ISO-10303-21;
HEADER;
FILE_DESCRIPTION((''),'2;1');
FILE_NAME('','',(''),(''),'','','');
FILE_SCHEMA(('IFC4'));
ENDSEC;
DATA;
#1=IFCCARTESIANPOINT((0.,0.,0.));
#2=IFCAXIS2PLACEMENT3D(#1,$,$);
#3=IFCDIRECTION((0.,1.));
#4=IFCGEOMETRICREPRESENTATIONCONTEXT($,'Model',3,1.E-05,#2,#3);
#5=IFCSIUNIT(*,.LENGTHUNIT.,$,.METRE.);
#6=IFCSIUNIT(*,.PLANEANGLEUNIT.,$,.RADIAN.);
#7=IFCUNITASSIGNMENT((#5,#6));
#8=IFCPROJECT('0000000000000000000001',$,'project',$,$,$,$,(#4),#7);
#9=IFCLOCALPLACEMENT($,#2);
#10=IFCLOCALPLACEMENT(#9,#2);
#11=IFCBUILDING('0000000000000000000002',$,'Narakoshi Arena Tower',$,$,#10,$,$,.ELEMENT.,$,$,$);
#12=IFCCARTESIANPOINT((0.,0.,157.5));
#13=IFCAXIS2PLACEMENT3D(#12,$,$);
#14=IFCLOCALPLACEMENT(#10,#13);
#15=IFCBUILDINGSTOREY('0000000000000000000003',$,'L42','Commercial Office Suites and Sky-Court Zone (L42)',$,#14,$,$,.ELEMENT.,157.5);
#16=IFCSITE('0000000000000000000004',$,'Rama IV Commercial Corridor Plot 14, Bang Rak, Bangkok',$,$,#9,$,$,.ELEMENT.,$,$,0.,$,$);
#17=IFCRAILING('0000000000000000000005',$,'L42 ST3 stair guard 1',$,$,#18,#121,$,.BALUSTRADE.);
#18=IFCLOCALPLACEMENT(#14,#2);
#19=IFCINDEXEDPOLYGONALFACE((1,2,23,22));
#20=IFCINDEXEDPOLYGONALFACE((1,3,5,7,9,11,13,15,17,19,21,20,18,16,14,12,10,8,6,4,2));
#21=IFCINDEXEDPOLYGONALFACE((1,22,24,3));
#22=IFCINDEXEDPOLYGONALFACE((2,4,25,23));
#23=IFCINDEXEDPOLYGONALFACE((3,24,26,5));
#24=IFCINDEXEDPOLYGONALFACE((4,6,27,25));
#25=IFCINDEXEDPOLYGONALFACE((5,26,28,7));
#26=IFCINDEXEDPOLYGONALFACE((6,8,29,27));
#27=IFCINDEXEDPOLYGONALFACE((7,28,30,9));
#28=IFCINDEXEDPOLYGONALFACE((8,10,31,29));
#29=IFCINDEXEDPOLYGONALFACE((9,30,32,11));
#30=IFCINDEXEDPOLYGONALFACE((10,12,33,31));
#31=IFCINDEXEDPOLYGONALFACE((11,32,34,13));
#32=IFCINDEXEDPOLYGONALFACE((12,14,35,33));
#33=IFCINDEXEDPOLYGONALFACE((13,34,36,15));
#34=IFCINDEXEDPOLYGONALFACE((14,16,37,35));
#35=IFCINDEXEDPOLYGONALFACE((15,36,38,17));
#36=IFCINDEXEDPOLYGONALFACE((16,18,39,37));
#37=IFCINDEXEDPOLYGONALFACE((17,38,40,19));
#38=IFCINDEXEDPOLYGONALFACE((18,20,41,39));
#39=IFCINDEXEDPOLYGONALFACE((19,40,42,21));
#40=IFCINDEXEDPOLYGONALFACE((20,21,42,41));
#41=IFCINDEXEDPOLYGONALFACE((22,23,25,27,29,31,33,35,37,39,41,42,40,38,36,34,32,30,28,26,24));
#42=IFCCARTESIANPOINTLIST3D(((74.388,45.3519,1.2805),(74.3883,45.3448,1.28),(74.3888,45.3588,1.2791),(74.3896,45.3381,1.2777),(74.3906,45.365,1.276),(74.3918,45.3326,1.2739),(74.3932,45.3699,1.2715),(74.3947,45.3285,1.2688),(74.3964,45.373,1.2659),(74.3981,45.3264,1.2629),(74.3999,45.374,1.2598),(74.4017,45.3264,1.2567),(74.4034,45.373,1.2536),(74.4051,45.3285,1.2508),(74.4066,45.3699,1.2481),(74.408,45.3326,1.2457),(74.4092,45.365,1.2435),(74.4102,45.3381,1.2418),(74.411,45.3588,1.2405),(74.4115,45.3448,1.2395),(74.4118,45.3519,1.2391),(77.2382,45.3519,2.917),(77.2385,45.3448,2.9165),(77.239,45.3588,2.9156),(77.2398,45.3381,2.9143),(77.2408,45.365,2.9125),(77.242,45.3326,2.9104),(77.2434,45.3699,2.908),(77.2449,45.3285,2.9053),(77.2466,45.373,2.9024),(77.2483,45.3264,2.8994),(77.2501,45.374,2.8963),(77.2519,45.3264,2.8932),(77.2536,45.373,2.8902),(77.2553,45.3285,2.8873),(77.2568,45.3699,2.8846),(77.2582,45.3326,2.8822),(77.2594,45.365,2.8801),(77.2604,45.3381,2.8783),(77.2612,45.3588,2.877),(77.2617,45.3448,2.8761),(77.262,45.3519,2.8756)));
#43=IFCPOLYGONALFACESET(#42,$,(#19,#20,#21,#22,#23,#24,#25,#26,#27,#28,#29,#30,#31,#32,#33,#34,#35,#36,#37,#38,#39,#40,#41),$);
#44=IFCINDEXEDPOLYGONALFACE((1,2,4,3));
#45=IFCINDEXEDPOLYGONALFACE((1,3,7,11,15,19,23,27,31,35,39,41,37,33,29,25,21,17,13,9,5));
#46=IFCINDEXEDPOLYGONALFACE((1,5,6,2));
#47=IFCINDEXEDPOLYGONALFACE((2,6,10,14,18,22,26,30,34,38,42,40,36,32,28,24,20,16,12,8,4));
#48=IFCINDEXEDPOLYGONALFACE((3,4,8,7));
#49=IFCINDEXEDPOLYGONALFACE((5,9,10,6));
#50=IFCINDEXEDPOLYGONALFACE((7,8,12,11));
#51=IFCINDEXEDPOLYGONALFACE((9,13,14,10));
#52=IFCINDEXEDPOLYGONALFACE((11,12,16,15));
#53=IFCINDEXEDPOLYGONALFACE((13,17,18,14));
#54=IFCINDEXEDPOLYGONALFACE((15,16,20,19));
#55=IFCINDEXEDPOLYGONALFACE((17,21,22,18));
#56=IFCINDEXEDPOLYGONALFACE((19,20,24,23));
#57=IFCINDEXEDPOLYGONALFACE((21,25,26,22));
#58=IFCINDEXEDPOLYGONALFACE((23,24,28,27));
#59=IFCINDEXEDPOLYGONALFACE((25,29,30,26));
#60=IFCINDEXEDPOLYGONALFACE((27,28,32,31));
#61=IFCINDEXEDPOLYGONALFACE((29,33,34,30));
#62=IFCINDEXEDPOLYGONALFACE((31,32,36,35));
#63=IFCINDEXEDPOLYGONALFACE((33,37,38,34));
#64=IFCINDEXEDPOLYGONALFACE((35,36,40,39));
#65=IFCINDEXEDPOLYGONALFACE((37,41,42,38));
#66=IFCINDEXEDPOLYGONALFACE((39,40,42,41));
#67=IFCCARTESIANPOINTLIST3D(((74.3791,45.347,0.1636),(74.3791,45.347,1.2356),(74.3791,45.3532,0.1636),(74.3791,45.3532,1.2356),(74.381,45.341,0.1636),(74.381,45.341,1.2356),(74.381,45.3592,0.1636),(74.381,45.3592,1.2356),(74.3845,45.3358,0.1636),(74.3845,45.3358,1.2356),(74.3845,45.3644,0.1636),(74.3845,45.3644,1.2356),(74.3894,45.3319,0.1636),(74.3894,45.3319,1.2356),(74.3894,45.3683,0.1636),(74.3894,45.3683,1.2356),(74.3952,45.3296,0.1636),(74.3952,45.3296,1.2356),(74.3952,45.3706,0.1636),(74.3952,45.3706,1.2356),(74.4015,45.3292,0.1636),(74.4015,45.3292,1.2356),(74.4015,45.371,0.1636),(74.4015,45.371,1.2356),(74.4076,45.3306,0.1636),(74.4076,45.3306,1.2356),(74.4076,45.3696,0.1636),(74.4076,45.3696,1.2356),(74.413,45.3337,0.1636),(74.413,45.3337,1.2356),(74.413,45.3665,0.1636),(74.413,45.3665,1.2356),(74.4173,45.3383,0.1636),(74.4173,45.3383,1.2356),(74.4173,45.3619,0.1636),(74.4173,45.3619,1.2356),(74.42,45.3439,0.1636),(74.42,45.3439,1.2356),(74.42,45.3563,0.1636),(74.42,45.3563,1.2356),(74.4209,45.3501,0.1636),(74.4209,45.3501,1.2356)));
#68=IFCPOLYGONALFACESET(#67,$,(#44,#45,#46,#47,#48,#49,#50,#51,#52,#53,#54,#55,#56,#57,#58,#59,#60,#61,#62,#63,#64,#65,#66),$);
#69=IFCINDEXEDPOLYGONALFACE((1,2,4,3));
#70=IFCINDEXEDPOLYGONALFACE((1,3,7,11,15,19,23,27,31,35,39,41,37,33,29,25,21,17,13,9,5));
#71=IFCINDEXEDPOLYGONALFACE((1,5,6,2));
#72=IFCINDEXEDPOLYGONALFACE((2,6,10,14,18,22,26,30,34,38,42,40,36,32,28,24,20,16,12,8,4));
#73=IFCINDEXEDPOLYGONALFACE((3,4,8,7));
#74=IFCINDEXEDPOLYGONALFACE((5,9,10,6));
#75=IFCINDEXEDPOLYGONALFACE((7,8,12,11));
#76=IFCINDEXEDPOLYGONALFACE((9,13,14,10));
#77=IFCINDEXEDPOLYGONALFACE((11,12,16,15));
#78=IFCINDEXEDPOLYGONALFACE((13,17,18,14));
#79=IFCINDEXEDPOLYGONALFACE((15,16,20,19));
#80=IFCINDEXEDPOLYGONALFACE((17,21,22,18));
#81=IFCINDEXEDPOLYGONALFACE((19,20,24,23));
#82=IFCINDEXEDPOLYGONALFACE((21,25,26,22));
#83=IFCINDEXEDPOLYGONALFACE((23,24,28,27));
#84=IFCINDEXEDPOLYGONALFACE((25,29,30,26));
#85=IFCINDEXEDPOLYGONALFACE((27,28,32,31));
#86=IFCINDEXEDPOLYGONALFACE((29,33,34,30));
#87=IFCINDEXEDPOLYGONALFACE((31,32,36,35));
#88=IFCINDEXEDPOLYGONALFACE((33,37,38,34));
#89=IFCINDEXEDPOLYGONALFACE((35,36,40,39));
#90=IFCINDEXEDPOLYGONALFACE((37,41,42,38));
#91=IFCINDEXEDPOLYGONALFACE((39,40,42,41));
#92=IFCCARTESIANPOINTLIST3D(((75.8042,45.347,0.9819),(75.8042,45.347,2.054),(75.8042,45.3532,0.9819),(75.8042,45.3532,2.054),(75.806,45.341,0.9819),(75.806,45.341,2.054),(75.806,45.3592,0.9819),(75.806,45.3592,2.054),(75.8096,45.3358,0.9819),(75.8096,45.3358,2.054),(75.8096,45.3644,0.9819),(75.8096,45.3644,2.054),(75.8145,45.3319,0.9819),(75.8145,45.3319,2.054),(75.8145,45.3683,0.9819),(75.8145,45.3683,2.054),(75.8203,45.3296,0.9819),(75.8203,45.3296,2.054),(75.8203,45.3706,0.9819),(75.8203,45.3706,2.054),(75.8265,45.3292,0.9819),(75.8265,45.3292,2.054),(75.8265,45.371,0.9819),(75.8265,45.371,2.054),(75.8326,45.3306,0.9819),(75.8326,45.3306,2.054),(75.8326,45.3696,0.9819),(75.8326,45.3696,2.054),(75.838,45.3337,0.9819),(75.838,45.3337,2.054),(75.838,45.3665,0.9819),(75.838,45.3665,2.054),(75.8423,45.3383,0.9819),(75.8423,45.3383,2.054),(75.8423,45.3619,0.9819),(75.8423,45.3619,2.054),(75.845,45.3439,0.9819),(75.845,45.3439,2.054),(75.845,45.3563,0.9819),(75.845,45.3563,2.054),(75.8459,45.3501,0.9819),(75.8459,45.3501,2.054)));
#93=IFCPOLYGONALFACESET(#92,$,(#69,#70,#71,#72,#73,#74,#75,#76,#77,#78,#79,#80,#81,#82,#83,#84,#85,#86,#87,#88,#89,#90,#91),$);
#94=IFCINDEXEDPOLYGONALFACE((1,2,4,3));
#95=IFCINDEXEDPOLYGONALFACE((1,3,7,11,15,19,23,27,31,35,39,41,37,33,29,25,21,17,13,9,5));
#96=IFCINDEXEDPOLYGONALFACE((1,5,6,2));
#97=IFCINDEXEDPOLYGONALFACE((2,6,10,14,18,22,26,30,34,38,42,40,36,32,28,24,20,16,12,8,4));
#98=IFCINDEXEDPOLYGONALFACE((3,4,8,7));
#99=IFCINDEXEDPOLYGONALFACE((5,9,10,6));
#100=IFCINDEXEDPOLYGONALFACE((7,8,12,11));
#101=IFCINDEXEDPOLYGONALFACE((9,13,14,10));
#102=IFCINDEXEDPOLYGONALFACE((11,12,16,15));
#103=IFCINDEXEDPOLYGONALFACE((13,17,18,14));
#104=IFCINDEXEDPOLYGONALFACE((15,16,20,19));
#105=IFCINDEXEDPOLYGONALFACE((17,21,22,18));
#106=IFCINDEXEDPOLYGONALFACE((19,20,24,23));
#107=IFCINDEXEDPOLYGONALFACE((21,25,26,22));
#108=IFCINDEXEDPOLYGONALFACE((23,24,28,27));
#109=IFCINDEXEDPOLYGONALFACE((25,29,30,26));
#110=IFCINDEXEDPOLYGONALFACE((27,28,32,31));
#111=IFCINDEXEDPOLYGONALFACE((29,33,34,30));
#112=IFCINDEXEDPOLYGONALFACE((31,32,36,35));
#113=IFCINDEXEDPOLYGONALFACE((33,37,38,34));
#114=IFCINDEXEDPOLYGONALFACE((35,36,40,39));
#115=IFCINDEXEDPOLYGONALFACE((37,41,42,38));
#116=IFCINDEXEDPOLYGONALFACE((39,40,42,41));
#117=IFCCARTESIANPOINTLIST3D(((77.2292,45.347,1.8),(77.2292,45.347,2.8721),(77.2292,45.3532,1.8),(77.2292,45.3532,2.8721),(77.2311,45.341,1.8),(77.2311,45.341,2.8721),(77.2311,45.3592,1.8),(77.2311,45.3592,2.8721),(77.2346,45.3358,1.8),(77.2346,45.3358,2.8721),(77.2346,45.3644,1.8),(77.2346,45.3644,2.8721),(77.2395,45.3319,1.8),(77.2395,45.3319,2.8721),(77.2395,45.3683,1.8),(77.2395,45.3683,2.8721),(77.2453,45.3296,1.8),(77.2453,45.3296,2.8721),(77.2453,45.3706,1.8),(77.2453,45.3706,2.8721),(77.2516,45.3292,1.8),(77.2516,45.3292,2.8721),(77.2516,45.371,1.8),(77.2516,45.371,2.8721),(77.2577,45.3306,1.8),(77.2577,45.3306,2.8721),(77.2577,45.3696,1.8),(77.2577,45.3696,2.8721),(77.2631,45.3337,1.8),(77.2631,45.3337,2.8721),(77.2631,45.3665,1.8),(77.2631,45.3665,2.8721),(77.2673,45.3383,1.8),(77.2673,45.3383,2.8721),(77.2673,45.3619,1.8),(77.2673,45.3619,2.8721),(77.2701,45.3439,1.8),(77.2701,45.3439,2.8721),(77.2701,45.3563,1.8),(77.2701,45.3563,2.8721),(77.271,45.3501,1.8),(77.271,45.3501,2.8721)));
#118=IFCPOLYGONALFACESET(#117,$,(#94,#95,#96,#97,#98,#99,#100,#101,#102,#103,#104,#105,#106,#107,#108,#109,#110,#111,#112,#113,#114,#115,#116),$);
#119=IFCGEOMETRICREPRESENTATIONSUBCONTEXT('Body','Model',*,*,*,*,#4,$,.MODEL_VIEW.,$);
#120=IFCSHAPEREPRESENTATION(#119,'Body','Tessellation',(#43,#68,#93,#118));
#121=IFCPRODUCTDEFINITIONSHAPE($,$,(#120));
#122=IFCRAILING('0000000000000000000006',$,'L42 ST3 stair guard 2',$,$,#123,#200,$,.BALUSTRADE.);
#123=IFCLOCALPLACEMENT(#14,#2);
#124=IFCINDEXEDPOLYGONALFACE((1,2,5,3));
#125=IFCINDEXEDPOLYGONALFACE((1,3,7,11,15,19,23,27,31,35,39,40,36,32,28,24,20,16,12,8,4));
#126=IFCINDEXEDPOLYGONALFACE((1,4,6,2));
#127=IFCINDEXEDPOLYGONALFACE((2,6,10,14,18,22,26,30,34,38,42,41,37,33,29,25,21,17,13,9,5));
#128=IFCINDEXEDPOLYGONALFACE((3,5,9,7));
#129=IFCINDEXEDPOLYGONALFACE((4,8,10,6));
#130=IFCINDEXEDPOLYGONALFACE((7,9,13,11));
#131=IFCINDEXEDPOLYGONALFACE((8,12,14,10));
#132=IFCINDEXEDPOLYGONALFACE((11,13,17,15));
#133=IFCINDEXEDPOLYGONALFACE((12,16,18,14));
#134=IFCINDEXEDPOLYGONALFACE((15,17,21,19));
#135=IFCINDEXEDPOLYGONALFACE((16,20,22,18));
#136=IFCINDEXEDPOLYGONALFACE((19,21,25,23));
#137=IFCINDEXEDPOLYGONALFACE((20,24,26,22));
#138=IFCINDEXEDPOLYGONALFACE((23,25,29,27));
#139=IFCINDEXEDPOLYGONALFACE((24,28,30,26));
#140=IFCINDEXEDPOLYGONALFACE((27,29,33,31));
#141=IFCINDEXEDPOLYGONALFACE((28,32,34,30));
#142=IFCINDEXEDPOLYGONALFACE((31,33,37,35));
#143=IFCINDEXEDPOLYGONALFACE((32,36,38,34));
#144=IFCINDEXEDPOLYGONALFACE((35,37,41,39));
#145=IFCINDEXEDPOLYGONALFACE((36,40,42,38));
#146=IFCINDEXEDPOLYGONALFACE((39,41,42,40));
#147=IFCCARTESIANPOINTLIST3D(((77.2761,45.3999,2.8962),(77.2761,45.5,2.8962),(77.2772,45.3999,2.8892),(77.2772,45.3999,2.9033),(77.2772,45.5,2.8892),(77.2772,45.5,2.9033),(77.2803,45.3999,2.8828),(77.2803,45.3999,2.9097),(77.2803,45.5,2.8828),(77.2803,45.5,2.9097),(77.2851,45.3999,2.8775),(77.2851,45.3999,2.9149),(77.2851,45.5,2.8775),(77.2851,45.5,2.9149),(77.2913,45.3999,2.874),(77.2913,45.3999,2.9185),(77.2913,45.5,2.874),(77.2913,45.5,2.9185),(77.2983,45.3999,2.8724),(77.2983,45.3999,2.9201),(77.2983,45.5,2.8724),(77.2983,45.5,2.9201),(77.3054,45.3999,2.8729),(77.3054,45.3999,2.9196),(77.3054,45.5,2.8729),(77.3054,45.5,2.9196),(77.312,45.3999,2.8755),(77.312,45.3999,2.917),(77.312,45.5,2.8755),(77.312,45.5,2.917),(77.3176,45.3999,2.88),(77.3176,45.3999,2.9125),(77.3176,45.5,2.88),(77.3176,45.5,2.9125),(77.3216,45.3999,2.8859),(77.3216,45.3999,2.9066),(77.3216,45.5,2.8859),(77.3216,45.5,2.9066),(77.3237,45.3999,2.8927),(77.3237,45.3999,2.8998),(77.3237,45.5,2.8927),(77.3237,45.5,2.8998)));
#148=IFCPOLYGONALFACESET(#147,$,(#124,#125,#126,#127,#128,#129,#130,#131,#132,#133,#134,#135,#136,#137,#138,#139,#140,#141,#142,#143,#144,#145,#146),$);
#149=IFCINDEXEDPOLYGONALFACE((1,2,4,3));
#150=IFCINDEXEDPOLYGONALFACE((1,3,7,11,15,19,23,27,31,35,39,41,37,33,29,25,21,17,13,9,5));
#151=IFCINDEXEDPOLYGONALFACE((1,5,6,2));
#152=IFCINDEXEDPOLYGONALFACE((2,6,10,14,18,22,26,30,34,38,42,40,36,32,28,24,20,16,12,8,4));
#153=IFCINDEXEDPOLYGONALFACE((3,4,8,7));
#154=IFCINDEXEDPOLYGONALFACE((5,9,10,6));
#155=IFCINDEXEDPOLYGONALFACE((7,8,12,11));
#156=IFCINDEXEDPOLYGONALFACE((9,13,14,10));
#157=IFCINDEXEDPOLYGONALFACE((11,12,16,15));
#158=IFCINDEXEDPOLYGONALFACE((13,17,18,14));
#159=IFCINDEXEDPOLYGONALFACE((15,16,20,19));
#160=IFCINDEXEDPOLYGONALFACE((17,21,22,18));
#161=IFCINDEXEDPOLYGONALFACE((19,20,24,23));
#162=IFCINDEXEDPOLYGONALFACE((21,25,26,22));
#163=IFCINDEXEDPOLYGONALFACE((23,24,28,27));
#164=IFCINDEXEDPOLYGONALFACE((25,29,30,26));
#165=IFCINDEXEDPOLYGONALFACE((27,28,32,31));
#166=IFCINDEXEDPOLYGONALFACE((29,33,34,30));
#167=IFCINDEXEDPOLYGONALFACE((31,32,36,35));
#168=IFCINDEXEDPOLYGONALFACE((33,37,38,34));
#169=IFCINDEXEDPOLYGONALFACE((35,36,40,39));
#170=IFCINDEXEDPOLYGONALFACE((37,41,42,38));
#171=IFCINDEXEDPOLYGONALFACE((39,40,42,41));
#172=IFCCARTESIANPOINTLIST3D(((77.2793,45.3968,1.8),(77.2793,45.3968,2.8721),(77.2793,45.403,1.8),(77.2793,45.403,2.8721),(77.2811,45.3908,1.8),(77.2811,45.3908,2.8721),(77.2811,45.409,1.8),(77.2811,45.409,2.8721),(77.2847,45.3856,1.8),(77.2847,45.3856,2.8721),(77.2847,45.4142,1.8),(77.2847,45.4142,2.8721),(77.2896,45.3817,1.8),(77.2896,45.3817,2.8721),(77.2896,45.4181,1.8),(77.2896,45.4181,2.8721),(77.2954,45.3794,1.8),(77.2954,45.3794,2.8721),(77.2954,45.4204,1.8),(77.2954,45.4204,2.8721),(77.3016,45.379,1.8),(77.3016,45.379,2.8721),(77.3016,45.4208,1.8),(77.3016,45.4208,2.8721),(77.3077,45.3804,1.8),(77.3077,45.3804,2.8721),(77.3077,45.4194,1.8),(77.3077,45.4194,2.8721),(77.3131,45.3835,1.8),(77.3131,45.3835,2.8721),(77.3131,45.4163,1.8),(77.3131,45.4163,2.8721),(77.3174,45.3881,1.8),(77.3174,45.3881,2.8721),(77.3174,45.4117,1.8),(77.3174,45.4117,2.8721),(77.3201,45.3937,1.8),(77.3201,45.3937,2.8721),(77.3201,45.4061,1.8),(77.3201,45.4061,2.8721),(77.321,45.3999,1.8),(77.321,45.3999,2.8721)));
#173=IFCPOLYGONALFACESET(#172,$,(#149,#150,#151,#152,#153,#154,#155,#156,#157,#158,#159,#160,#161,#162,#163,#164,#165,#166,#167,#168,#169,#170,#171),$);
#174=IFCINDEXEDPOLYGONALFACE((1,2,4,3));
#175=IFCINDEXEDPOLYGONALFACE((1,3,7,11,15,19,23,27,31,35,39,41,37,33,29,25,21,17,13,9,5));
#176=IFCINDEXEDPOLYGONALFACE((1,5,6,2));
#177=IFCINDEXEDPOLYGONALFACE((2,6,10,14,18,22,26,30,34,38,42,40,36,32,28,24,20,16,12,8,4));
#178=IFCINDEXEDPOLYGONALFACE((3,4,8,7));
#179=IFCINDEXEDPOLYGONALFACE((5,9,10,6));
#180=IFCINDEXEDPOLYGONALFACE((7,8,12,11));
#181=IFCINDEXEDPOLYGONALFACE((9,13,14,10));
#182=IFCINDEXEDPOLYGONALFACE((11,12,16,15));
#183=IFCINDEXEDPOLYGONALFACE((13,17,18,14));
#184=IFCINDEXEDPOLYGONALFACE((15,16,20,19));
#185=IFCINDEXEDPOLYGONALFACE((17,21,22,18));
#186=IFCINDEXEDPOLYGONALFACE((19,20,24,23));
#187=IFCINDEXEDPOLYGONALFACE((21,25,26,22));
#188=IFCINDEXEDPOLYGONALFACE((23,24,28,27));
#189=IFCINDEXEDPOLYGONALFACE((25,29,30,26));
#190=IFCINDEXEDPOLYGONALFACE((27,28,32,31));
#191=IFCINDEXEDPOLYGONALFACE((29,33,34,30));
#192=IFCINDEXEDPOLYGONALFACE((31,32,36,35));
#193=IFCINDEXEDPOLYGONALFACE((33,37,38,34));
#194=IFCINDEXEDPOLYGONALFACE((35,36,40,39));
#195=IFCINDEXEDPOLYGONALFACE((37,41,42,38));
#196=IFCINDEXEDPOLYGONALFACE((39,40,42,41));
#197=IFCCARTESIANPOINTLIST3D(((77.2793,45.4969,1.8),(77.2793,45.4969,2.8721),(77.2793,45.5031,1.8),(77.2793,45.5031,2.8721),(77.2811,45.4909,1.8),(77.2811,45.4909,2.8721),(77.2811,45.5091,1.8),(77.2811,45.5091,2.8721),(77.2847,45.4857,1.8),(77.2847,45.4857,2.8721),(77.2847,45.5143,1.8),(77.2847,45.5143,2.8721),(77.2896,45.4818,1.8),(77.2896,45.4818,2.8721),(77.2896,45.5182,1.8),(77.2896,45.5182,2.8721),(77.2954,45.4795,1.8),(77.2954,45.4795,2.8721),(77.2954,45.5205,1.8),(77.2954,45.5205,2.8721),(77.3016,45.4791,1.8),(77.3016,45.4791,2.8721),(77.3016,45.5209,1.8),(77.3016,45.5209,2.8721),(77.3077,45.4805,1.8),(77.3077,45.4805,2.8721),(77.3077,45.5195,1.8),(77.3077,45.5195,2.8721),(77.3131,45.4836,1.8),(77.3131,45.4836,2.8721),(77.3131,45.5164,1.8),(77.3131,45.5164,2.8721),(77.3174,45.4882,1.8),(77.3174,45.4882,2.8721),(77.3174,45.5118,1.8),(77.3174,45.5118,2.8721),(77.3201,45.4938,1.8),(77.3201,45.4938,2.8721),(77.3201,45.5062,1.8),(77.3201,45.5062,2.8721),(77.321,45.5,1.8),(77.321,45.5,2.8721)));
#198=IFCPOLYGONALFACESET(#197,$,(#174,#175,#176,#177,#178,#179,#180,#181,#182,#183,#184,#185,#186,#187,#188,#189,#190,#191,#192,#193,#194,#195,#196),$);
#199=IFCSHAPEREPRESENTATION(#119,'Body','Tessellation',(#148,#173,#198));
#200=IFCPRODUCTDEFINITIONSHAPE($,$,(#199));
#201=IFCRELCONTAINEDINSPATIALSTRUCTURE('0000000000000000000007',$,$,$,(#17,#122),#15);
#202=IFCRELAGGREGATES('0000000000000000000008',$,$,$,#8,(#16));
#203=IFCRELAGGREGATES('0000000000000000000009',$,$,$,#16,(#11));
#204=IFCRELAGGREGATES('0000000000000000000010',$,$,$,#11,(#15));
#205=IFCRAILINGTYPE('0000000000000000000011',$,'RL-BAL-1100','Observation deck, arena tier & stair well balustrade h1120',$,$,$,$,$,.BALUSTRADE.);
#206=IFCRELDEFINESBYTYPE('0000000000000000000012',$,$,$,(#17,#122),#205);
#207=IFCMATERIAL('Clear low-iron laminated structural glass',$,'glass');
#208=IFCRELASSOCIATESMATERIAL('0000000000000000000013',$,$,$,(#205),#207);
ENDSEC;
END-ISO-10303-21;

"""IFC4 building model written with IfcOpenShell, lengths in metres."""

from ifc_helpers import new_model, si_unit, direction, frame, origin, origin_2d, place, context, subcontext, project, spatial, circle, extrude, material, type_object, element, save


model = new_model("IFC4")

# Units and contexts
model_context = context("Model", 3, precision=1e-05, world=origin(), true_north=direction((0.0, 1.0)))
body_context = subcontext(model_context, "Body", "Model", "MODEL_VIEW")
ifc_project = project(units=[si_unit("LENGTHUNIT", "METRE"), si_unit("PLANEANGLEUNIT", "RADIAN")], contexts=[model_context])

# Site, building, storey
site_placement = place(None, origin())
site = spatial("IfcSite", under=ifc_project, at=site_placement, Name="Rama IV Commercial Corridor Plot 14, Bang Rak, Bangkok", CompositionType="ELEMENT", RefElevation=0.0)
building_placement = place(site_placement, origin())
building = spatial("IfcBuilding", under=site, at=building_placement, Name="Narakoshi Arena Tower", CompositionType="ELEMENT")
storey_placement = place(building_placement, frame((0.0, 0.0, 157.5)))
storey = spatial("IfcBuildingStorey", under=building, at=storey_placement, Name="L42", Description="Commercial Office Suites and Sky-Court Zone (L42)", CompositionType="ELEMENT", Elevation=157.5)

# Railings
ifc_material_1 = material(Name="Clear low-iron laminated structural glass", Category="glass")
railing_type_1 = type_object("IfcRailingType", Name="RL-BAL-1100", Description="Observation deck, arena tier & stair well balustrade h1120", PredefinedType="BALUSTRADE", material=ifc_material_1)
railing_1_placement = place(storey_placement, frame((74.3999, 45.3501, 0.1636)))
element("IfcRailing", 1, at=railing_1_placement, inside=storey, type_object=railing_type_1, Name="L42 ST3 stair guard 1", PredefinedType="BALUSTRADE", context=body_context, shape_type="SweptSolid", body=[
    extrude(circle(Radius=0.0239, at=origin_2d()), frame((0.0, 0.0, 1.0962), z_axis=(0.867213, 0.0, 0.497938), x_axis=(0.0, 1.0, 0.0)), (0.0, 0.0, 1.0), 3.2866),
    extrude(circle(Radius=0.021, at=origin_2d()), origin(), (0.0, 0.0, 1.0), 1.072),
    extrude(circle(Radius=0.021, at=origin_2d()), frame((1.425, 0.0, 0.8184)), (0.0, 0.0, 1.0), 1.072),
    extrude(circle(Radius=0.021, at=origin_2d()), frame((2.8501, 0.0, 1.6365)), (0.0, 0.0, 1.0), 1.072),
])
railing_2_placement = place(storey_placement, frame((77.3, 45.3999, 1.8)))
element("IfcRailing", 2, at=railing_2_placement, inside=storey, type_object=railing_type_1, Name="L42 ST3 stair guard 2", PredefinedType="BALUSTRADE", context=body_context, shape_type="SweptSolid", body=[
    extrude(circle(Radius=0.0239, at=origin_2d()), frame((0.0, 0.0, 1.0962), z_axis=(0.0, 1.0, 0.0), x_axis=(-1.0, 0.0, 0.0)), (0.0, 0.0, 1.0), 0.1001),
    extrude(circle(Radius=0.021, at=origin_2d()), origin(), (0.0, 0.0, 1.0), 1.072),
    extrude(circle(Radius=0.021, at=origin_2d()), frame((0.0, 0.1001, 0.0)), (0.0, 0.0, 1.0), 1.072),
])

save(model, "model.ifc")
